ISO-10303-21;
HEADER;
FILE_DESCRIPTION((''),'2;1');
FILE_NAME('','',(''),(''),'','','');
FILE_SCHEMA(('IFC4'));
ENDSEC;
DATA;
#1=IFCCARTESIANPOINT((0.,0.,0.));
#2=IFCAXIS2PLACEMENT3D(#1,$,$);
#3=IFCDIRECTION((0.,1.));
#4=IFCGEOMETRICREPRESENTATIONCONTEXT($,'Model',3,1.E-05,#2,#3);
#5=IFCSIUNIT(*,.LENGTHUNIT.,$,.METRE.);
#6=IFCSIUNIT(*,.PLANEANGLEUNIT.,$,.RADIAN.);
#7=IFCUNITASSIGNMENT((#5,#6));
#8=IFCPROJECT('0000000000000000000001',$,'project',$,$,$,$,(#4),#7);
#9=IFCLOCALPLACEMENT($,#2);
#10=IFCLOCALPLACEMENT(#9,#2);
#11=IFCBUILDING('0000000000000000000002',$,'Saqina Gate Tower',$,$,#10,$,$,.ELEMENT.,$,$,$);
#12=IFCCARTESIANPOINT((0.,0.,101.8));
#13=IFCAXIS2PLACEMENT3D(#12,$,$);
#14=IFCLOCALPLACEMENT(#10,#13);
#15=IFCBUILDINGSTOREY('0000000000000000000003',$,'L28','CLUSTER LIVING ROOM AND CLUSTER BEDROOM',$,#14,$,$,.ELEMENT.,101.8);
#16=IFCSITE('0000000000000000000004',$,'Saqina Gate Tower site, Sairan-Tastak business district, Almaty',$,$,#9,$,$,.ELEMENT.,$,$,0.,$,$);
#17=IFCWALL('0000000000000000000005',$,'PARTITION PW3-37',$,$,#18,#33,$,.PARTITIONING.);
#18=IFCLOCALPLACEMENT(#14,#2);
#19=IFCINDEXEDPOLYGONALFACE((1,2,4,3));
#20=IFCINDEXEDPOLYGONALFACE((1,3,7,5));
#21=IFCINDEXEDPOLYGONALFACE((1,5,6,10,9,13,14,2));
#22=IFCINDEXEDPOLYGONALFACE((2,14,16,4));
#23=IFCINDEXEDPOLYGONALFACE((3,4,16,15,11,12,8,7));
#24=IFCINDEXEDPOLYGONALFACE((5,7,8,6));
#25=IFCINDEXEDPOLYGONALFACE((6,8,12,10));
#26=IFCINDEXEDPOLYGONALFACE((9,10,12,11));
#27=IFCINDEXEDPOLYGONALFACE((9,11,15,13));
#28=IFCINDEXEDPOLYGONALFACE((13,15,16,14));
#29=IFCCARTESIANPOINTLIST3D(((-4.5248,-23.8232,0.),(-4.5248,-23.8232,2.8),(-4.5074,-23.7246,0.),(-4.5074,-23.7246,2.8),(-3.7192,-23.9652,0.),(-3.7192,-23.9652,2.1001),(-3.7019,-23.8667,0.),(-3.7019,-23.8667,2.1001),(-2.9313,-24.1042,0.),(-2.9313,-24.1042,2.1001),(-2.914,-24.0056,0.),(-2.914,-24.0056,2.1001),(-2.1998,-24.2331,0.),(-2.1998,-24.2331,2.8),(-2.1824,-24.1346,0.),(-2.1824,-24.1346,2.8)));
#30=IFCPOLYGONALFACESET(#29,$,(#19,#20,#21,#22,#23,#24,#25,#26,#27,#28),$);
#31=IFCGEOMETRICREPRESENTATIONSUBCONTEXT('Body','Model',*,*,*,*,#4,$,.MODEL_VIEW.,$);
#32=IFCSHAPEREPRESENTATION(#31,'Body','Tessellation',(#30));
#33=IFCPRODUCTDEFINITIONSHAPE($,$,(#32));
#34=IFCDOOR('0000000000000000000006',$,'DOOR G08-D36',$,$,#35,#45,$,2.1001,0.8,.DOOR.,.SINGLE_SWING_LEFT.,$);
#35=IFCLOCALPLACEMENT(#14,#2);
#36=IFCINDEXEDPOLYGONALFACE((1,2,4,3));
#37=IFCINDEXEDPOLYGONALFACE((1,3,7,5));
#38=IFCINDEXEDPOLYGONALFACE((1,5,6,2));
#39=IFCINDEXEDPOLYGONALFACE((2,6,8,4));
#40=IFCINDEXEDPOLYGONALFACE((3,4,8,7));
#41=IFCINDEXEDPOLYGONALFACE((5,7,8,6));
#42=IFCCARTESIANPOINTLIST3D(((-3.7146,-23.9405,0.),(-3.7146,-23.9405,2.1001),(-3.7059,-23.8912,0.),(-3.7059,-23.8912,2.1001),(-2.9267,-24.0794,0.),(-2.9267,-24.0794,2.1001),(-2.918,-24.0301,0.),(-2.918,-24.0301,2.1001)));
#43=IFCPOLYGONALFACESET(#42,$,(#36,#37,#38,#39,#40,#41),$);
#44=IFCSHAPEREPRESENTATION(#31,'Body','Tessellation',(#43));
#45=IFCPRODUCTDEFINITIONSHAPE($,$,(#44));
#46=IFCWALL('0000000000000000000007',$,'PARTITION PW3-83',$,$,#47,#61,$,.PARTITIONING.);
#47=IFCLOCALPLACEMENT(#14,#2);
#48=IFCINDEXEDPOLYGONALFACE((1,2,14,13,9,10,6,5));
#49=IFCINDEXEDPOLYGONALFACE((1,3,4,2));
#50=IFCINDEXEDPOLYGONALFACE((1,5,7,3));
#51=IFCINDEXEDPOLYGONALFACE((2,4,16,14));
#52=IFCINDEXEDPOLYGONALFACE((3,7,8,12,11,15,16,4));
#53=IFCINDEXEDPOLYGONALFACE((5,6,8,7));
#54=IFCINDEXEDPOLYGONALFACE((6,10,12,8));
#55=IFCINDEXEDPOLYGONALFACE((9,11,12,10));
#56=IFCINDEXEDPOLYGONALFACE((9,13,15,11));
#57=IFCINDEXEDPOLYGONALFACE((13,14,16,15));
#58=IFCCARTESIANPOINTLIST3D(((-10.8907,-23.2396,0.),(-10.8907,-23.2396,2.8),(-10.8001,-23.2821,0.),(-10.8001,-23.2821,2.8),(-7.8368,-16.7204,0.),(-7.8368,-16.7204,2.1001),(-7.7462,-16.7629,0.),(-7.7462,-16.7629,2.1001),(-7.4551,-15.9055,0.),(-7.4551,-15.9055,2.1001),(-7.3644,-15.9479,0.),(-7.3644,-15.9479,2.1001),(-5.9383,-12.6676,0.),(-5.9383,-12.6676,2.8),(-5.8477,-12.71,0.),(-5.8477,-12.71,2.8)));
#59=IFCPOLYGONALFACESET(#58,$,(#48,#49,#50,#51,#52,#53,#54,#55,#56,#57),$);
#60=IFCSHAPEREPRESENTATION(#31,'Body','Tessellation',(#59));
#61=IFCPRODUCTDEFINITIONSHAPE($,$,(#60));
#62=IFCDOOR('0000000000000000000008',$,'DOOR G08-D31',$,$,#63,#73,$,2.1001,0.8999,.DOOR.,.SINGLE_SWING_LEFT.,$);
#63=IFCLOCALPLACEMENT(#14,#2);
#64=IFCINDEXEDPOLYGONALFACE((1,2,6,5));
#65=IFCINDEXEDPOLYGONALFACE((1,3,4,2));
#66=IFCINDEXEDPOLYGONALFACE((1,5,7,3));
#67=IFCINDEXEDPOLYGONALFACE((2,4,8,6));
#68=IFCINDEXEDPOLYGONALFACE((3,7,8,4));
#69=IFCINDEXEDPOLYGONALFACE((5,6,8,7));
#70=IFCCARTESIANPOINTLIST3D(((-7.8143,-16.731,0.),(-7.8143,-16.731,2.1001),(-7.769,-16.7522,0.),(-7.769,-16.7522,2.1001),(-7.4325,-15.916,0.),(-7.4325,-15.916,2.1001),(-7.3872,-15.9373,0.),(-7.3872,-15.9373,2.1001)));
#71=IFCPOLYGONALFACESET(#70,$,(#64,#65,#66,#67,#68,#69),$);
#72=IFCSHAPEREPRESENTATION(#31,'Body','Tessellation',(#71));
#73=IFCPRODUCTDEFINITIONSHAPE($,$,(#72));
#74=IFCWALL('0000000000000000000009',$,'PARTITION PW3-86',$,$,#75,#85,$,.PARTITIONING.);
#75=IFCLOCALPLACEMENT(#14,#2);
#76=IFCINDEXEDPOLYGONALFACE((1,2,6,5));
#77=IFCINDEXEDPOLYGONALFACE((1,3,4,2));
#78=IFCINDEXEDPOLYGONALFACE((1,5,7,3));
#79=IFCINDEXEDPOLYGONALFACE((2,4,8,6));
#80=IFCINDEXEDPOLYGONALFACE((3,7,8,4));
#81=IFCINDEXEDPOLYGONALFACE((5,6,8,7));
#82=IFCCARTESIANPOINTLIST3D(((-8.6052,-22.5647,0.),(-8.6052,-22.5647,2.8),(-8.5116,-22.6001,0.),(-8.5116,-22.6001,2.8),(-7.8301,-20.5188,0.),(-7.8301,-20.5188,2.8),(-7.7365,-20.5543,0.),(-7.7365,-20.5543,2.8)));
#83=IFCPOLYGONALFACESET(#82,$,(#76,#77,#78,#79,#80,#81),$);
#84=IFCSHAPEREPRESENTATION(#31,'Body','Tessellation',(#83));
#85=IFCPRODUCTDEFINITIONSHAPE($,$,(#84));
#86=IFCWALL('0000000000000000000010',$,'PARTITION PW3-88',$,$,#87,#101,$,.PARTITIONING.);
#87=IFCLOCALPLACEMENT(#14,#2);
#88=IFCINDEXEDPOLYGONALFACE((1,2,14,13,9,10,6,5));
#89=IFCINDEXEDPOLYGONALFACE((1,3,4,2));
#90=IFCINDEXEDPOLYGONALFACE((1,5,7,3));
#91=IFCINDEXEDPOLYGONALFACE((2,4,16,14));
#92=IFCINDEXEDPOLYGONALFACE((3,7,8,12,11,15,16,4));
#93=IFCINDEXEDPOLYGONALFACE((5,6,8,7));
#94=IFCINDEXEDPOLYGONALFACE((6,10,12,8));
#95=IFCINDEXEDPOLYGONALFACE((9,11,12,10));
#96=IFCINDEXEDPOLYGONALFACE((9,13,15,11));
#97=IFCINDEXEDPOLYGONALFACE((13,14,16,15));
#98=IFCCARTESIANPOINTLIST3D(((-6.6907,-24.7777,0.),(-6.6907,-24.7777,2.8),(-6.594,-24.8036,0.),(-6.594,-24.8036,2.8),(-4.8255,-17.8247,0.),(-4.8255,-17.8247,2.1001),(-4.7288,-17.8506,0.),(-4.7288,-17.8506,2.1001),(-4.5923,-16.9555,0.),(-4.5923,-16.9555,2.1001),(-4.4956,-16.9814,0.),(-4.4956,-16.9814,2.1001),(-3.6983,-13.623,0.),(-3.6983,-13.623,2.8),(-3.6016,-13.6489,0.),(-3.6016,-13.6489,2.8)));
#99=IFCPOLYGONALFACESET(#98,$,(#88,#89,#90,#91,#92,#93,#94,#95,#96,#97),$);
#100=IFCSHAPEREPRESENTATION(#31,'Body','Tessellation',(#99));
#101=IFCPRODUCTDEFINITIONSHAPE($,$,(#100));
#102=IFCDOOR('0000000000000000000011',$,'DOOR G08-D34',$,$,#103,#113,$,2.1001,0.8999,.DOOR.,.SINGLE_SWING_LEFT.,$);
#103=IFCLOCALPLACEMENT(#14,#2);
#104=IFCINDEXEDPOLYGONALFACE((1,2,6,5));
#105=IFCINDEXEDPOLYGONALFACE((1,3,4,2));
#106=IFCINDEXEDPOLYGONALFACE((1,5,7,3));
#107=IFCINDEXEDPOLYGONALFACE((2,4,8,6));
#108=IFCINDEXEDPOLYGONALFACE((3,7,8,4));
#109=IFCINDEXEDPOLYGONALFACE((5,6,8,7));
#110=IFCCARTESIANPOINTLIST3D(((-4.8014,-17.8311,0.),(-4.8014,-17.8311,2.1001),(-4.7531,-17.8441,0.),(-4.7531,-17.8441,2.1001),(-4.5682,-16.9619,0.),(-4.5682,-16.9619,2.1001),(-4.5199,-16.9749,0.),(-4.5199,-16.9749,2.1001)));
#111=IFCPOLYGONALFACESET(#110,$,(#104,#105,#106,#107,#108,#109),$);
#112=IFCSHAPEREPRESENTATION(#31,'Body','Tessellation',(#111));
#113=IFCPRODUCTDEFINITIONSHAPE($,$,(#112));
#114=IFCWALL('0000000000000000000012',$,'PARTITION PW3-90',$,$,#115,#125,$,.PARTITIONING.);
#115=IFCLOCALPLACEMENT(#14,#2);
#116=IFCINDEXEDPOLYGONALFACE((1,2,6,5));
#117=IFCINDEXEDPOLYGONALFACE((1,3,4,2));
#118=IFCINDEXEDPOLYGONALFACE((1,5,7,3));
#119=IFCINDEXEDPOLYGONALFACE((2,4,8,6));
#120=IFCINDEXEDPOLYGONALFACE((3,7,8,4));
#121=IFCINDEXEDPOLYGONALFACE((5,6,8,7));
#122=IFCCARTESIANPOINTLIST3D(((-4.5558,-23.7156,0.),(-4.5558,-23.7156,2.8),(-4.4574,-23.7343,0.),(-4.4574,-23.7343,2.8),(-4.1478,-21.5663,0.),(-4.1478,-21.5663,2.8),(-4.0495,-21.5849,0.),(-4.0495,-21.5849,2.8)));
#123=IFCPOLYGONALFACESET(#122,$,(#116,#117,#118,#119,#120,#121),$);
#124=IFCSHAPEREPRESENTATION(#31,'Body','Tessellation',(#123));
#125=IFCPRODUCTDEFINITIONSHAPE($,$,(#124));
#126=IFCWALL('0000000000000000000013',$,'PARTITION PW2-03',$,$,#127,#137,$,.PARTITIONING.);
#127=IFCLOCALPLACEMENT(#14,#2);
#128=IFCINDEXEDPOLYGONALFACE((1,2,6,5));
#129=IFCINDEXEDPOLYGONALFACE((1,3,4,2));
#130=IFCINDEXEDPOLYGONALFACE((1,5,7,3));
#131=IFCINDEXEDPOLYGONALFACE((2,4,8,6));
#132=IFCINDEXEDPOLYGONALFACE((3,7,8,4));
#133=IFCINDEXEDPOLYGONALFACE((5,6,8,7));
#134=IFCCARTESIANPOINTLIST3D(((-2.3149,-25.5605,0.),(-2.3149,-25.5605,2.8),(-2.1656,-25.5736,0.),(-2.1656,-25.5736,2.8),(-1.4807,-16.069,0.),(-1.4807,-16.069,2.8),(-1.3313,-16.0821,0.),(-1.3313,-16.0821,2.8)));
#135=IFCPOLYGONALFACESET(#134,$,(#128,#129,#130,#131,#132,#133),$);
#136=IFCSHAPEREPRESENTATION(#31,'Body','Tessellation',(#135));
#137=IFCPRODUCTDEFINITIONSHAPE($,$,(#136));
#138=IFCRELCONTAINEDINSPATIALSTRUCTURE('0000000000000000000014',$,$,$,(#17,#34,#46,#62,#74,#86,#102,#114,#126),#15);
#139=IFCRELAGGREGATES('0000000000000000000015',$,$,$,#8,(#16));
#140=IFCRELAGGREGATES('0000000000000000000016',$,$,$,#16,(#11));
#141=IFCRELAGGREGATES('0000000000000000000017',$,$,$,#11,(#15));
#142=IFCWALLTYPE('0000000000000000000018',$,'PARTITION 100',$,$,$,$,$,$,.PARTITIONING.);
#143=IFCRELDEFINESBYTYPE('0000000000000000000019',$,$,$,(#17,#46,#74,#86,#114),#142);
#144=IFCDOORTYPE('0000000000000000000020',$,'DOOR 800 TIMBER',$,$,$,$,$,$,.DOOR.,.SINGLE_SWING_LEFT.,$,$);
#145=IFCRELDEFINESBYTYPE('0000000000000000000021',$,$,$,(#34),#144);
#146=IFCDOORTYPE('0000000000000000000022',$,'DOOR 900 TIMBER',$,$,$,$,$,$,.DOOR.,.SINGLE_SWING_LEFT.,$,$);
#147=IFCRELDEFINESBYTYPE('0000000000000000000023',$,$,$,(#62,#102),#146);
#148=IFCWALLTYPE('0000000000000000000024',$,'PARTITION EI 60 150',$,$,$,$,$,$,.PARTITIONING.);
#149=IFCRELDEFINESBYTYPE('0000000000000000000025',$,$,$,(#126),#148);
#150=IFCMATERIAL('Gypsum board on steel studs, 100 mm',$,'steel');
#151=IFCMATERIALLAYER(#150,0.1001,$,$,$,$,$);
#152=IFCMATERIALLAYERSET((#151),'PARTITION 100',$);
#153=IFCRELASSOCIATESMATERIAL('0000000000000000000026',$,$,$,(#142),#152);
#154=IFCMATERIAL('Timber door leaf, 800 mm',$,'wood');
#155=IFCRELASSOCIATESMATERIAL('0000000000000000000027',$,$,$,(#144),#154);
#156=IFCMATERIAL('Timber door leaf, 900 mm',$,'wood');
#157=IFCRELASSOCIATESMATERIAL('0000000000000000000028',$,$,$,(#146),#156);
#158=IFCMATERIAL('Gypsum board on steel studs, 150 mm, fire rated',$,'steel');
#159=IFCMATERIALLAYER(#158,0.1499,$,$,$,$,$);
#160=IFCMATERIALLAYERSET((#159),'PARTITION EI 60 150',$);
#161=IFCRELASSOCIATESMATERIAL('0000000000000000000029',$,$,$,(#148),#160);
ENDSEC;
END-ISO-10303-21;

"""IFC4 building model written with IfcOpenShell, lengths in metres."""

from ifc_helpers import new_model, si_unit, direction, frame, frame_2d, origin, place, context, subcontext, project, spatial, rectangle, extrude, material, layer, layer_set, type_object, element, fill, save


model = new_model("IFC4")

# Units and contexts
model_context = context("Model", 3, precision=1e-05, world=origin(), true_north=direction((0.0, 1.0)))
body_context = subcontext(model_context, "Body", "Model", "MODEL_VIEW")
ifc_project = project(units=[si_unit("LENGTHUNIT", "METRE"), si_unit("PLANEANGLEUNIT", "RADIAN")], contexts=[model_context])

# Site, building, storey
site_placement = place(None, origin())
site = spatial("IfcSite", under=ifc_project, at=site_placement, Name="Saqina Gate Tower site, Sairan-Tastak business district, Almaty", CompositionType="ELEMENT", RefElevation=0.0)
building_placement = place(site_placement, origin())
building = spatial("IfcBuilding", under=site, at=building_placement, Name="Saqina Gate Tower", CompositionType="ELEMENT")
storey_placement = place(building_placement, frame((0.0, 0.0, 101.8)))
storey = spatial("IfcBuildingStorey", under=building, at=storey_placement, Name="L28", Description="CLUSTER LIVING ROOM AND CLUSTER BEDROOM", CompositionType="ELEMENT", Elevation=101.8)

# Walls, openings, doors
ifc_material_1 = material(Name="Gypsum board on steel studs, 100 mm", Category="steel")
ifc_layer_1 = layer(ifc_material_1, 0.1001)
ifc_layer_set_1 = layer_set([ifc_layer_1], Name="PARTITION 100")
wall_type_1 = type_object("IfcWallType", Name="PARTITION 100", PredefinedType="PARTITIONING", material=ifc_layer_set_1)
ifc_material_2 = material(Name="Timber door leaf, 800 mm", Category="wood")
door_type_1 = type_object("IfcDoorType", Name="DOOR 800 TIMBER", OperationType="SINGLE_SWING_LEFT", PredefinedType="DOOR", material=ifc_material_2)
wall_1_placement = place(storey_placement, frame((-4.5161, -23.7739, 0.0), z_axis=(0.0, 0.0, 1.0), x_axis=(0.984811, -0.173632, 0.0)))
wall_1 = element("IfcWall", 1, at=wall_1_placement, inside=storey, type_object=wall_type_1, Name="PARTITION PW3-37", PredefinedType="PARTITIONING", context=body_context, shape_type="SweptSolid", body=[
    extrude(rectangle(XDim=2.3608, YDim=0.1001, at=frame_2d((1.1804, 0.0))), origin(), (0.0, 0.0, 1.0), 2.8),
])
opening_1_placement = place(wall_1_placement, frame((0.8181, 0.0, 0.0)))
opening_1 = element("IfcOpeningElement", 2, at=opening_1_placement, cuts=wall_1, PredefinedType="OPENING", context=body_context, shape_type="SweptSolid", body=[
    extrude(rectangle(XDim=0.8, YDim=2.1001, at=frame_2d((0.3999, 1.05))), frame((0.0, 0.062, 0.0), z_axis=(0.0, -1.0, 0.0), x_axis=(1.0, 0.0, 0.0)), (0.0, 0.0, 1.0), 0.124),
])
door_1_placement = place(opening_1_placement, frame((0.8, 0.0, 0.0), z_axis=(0.0, 0.0, 1.0), x_axis=(-1.0, 0.0, 0.0)))
door_1 = element("IfcDoor", 3, at=door_1_placement, inside=storey, type_object=door_type_1, Name="DOOR G08-D36", OperationType="SINGLE_SWING_LEFT", OverallHeight=2.1001, OverallWidth=0.8, PredefinedType="DOOR", context=body_context, shape_type="SweptSolid", body=[
    extrude(rectangle(XDim=0.8, YDim=2.1001, at=frame_2d((0.3999, 1.05))), frame((0.0, 0.0249, 0.0), z_axis=(0.0, -1.0, 0.0), x_axis=(1.0, 0.0, 0.0)), (0.0, 0.0, 1.0), 0.05),
])
fill(opening_1, door_1)
wall_2_placement = place(storey_placement, frame((-10.8455, -23.261, 0.0), z_axis=(0.0, 0.0, 1.0), x_axis=(0.424206, 0.905566, 0.0)))
wall_2 = element("IfcWall", 4, at=wall_2_placement, inside=storey, type_object=wall_type_1, Name="PARTITION PW3-83", PredefinedType="PARTITIONING", context=body_context, shape_type="SweptSolid", body=[
    extrude(rectangle(XDim=11.6746, YDim=0.1001, at=frame_2d((5.8374, 0.0))), origin(), (0.0, 0.0, 1.0), 2.8),
])
opening_2_placement = place(wall_2_placement, frame((7.1992, 0.0, 0.0)))
opening_2 = element("IfcOpeningElement", 5, at=opening_2_placement, cuts=wall_2, PredefinedType="OPENING", context=body_context, shape_type="SweptSolid", body=[
    extrude(rectangle(XDim=0.8999, YDim=2.1001, at=frame_2d((0.45, 1.05))), frame((0.0, 0.062, 0.0), z_axis=(0.0, -1.0, 0.0), x_axis=(1.0, 0.0, 0.0)), (0.0, 0.0, 1.0), 0.124),
])
ifc_material_3 = material(Name="Timber door leaf, 900 mm", Category="wood")
door_type_2 = type_object("IfcDoorType", Name="DOOR 900 TIMBER", OperationType="SINGLE_SWING_LEFT", PredefinedType="DOOR", material=ifc_material_3)
door_2_placement = place(opening_2_placement, frame((0.8999, 0.0, 0.0), z_axis=(0.0, 0.0, 1.0), x_axis=(-1.0, 0.0, 0.0)))
door_2 = element("IfcDoor", 6, at=door_2_placement, inside=storey, type_object=door_type_2, Name="DOOR G08-D31", OperationType="SINGLE_SWING_LEFT", OverallHeight=2.1001, OverallWidth=0.8999, PredefinedType="DOOR", context=body_context, shape_type="SweptSolid", body=[
    extrude(rectangle(XDim=0.8999, YDim=2.1001, at=frame_2d((0.45, 1.05))), frame((0.0, 0.0249, 0.0), z_axis=(0.0, -1.0, 0.0), x_axis=(1.0, 0.0, 0.0)), (0.0, 0.0, 1.0), 0.05),
])
fill(opening_2, door_2)

# Wall
wall_3_placement = place(storey_placement, frame((-8.5583, -22.5823, 0.0), z_axis=(0.0, 0.0, 1.0), x_axis=(0.354301, 0.935131, 0.0)))
element("IfcWall", 7, at=wall_3_placement, inside=storey, type_object=wall_type_1, Name="PARTITION PW3-86", PredefinedType="PARTITIONING", context=body_context, shape_type="SweptSolid", body=[
    extrude(rectangle(XDim=2.1877, YDim=0.1001, at=frame_2d((1.0938, 0.0))), origin(), (0.0, 0.0, 1.0), 2.8),
])

# Wall, opening, door
wall_4_placement = place(storey_placement, frame((-6.6423, -24.7905, 0.0), z_axis=(0.0, 0.0, 1.0), x_axis=(0.259103, 0.96585, 0.0)))
wall_4 = element("IfcWall", 8, at=wall_4_placement, inside=storey, type_object=wall_type_1, Name="PARTITION PW3-88", PredefinedType="PARTITIONING", context=body_context, shape_type="SweptSolid", body=[
    extrude(rectangle(XDim=11.5491, YDim=0.1001, at=frame_2d((5.7744, 0.0))), origin(), (0.0, 0.0, 1.0), 2.8),
])
opening_3_placement = place(wall_4_placement, frame((7.1987, 0.0, 0.0)))
opening_3 = element("IfcOpeningElement", 9, at=opening_3_placement, cuts=wall_4, PredefinedType="OPENING", context=body_context, shape_type="SweptSolid", body=[
    extrude(rectangle(XDim=0.8999, YDim=2.1001, at=frame_2d((0.45, 1.05))), frame((0.0, 0.062, 0.0), z_axis=(0.0, -1.0, 0.0), x_axis=(1.0, 0.0, 0.0)), (0.0, 0.0, 1.0), 0.124),
])
door_3_placement = place(opening_3_placement, frame((0.8999, 0.0, 0.0), z_axis=(0.0, 0.0, 1.0), x_axis=(-1.0, 0.0, 0.0)))
door_3 = element("IfcDoor", 10, at=door_3_placement, inside=storey, type_object=door_type_2, Name="DOOR G08-D34", OperationType="SINGLE_SWING_LEFT", OverallHeight=2.1001, OverallWidth=0.8999, PredefinedType="DOOR", context=body_context, shape_type="SweptSolid", body=[
    extrude(rectangle(XDim=0.8999, YDim=2.1001, at=frame_2d((0.45, 1.05))), frame((0.0, 0.0249, 0.0), z_axis=(0.0, -1.0, 0.0), x_axis=(1.0, 0.0, 0.0)), (0.0, 0.0, 1.0), 0.05),
])
fill(opening_3, door_3)

# Walls
wall_5_placement = place(storey_placement, frame((-4.5066, -23.7249, 0.0), z_axis=(0.0, 0.0, 1.0), x_axis=(0.186471, 0.98246, 0.0)))
element("IfcWall", 11, at=wall_5_placement, inside=storey, type_object=wall_type_1, Name="PARTITION PW3-90", PredefinedType="PARTITIONING", context=body_context, shape_type="SweptSolid", body=[
    extrude(rectangle(XDim=2.1877, YDim=0.1001, at=frame_2d((1.0938, 0.0))), origin(), (0.0, 0.0, 1.0), 2.8),
])
ifc_material_4 = material(Name="Gypsum board on steel studs, 150 mm, fire rated", Category="steel")
ifc_layer_2 = layer(ifc_material_4, 0.1499)
ifc_layer_set_2 = layer_set([ifc_layer_2], Name="PARTITION EI 60 150")
wall_type_2 = type_object("IfcWallType", Name="PARTITION EI 60 150", PredefinedType="PARTITIONING", material=ifc_layer_set_2)
wall_6_placement = place(storey_placement, frame((-2.2402, -25.5671, 0.0), z_axis=(0.0, 0.0, 1.0), x_axis=(0.087555, 0.99616, 0.0)))
element("IfcWall", 12, at=wall_6_placement, inside=storey, type_object=wall_type_2, Name="PARTITION PW2-03", PredefinedType="PARTITIONING", context=body_context, shape_type="SweptSolid", body=[
    extrude(rectangle(XDim=9.5281, YDim=0.1499, at=frame_2d((4.7642, 0.0))), origin(), (0.0, 0.0, 1.0), 2.8),
])

save(model, "model.ifc")
